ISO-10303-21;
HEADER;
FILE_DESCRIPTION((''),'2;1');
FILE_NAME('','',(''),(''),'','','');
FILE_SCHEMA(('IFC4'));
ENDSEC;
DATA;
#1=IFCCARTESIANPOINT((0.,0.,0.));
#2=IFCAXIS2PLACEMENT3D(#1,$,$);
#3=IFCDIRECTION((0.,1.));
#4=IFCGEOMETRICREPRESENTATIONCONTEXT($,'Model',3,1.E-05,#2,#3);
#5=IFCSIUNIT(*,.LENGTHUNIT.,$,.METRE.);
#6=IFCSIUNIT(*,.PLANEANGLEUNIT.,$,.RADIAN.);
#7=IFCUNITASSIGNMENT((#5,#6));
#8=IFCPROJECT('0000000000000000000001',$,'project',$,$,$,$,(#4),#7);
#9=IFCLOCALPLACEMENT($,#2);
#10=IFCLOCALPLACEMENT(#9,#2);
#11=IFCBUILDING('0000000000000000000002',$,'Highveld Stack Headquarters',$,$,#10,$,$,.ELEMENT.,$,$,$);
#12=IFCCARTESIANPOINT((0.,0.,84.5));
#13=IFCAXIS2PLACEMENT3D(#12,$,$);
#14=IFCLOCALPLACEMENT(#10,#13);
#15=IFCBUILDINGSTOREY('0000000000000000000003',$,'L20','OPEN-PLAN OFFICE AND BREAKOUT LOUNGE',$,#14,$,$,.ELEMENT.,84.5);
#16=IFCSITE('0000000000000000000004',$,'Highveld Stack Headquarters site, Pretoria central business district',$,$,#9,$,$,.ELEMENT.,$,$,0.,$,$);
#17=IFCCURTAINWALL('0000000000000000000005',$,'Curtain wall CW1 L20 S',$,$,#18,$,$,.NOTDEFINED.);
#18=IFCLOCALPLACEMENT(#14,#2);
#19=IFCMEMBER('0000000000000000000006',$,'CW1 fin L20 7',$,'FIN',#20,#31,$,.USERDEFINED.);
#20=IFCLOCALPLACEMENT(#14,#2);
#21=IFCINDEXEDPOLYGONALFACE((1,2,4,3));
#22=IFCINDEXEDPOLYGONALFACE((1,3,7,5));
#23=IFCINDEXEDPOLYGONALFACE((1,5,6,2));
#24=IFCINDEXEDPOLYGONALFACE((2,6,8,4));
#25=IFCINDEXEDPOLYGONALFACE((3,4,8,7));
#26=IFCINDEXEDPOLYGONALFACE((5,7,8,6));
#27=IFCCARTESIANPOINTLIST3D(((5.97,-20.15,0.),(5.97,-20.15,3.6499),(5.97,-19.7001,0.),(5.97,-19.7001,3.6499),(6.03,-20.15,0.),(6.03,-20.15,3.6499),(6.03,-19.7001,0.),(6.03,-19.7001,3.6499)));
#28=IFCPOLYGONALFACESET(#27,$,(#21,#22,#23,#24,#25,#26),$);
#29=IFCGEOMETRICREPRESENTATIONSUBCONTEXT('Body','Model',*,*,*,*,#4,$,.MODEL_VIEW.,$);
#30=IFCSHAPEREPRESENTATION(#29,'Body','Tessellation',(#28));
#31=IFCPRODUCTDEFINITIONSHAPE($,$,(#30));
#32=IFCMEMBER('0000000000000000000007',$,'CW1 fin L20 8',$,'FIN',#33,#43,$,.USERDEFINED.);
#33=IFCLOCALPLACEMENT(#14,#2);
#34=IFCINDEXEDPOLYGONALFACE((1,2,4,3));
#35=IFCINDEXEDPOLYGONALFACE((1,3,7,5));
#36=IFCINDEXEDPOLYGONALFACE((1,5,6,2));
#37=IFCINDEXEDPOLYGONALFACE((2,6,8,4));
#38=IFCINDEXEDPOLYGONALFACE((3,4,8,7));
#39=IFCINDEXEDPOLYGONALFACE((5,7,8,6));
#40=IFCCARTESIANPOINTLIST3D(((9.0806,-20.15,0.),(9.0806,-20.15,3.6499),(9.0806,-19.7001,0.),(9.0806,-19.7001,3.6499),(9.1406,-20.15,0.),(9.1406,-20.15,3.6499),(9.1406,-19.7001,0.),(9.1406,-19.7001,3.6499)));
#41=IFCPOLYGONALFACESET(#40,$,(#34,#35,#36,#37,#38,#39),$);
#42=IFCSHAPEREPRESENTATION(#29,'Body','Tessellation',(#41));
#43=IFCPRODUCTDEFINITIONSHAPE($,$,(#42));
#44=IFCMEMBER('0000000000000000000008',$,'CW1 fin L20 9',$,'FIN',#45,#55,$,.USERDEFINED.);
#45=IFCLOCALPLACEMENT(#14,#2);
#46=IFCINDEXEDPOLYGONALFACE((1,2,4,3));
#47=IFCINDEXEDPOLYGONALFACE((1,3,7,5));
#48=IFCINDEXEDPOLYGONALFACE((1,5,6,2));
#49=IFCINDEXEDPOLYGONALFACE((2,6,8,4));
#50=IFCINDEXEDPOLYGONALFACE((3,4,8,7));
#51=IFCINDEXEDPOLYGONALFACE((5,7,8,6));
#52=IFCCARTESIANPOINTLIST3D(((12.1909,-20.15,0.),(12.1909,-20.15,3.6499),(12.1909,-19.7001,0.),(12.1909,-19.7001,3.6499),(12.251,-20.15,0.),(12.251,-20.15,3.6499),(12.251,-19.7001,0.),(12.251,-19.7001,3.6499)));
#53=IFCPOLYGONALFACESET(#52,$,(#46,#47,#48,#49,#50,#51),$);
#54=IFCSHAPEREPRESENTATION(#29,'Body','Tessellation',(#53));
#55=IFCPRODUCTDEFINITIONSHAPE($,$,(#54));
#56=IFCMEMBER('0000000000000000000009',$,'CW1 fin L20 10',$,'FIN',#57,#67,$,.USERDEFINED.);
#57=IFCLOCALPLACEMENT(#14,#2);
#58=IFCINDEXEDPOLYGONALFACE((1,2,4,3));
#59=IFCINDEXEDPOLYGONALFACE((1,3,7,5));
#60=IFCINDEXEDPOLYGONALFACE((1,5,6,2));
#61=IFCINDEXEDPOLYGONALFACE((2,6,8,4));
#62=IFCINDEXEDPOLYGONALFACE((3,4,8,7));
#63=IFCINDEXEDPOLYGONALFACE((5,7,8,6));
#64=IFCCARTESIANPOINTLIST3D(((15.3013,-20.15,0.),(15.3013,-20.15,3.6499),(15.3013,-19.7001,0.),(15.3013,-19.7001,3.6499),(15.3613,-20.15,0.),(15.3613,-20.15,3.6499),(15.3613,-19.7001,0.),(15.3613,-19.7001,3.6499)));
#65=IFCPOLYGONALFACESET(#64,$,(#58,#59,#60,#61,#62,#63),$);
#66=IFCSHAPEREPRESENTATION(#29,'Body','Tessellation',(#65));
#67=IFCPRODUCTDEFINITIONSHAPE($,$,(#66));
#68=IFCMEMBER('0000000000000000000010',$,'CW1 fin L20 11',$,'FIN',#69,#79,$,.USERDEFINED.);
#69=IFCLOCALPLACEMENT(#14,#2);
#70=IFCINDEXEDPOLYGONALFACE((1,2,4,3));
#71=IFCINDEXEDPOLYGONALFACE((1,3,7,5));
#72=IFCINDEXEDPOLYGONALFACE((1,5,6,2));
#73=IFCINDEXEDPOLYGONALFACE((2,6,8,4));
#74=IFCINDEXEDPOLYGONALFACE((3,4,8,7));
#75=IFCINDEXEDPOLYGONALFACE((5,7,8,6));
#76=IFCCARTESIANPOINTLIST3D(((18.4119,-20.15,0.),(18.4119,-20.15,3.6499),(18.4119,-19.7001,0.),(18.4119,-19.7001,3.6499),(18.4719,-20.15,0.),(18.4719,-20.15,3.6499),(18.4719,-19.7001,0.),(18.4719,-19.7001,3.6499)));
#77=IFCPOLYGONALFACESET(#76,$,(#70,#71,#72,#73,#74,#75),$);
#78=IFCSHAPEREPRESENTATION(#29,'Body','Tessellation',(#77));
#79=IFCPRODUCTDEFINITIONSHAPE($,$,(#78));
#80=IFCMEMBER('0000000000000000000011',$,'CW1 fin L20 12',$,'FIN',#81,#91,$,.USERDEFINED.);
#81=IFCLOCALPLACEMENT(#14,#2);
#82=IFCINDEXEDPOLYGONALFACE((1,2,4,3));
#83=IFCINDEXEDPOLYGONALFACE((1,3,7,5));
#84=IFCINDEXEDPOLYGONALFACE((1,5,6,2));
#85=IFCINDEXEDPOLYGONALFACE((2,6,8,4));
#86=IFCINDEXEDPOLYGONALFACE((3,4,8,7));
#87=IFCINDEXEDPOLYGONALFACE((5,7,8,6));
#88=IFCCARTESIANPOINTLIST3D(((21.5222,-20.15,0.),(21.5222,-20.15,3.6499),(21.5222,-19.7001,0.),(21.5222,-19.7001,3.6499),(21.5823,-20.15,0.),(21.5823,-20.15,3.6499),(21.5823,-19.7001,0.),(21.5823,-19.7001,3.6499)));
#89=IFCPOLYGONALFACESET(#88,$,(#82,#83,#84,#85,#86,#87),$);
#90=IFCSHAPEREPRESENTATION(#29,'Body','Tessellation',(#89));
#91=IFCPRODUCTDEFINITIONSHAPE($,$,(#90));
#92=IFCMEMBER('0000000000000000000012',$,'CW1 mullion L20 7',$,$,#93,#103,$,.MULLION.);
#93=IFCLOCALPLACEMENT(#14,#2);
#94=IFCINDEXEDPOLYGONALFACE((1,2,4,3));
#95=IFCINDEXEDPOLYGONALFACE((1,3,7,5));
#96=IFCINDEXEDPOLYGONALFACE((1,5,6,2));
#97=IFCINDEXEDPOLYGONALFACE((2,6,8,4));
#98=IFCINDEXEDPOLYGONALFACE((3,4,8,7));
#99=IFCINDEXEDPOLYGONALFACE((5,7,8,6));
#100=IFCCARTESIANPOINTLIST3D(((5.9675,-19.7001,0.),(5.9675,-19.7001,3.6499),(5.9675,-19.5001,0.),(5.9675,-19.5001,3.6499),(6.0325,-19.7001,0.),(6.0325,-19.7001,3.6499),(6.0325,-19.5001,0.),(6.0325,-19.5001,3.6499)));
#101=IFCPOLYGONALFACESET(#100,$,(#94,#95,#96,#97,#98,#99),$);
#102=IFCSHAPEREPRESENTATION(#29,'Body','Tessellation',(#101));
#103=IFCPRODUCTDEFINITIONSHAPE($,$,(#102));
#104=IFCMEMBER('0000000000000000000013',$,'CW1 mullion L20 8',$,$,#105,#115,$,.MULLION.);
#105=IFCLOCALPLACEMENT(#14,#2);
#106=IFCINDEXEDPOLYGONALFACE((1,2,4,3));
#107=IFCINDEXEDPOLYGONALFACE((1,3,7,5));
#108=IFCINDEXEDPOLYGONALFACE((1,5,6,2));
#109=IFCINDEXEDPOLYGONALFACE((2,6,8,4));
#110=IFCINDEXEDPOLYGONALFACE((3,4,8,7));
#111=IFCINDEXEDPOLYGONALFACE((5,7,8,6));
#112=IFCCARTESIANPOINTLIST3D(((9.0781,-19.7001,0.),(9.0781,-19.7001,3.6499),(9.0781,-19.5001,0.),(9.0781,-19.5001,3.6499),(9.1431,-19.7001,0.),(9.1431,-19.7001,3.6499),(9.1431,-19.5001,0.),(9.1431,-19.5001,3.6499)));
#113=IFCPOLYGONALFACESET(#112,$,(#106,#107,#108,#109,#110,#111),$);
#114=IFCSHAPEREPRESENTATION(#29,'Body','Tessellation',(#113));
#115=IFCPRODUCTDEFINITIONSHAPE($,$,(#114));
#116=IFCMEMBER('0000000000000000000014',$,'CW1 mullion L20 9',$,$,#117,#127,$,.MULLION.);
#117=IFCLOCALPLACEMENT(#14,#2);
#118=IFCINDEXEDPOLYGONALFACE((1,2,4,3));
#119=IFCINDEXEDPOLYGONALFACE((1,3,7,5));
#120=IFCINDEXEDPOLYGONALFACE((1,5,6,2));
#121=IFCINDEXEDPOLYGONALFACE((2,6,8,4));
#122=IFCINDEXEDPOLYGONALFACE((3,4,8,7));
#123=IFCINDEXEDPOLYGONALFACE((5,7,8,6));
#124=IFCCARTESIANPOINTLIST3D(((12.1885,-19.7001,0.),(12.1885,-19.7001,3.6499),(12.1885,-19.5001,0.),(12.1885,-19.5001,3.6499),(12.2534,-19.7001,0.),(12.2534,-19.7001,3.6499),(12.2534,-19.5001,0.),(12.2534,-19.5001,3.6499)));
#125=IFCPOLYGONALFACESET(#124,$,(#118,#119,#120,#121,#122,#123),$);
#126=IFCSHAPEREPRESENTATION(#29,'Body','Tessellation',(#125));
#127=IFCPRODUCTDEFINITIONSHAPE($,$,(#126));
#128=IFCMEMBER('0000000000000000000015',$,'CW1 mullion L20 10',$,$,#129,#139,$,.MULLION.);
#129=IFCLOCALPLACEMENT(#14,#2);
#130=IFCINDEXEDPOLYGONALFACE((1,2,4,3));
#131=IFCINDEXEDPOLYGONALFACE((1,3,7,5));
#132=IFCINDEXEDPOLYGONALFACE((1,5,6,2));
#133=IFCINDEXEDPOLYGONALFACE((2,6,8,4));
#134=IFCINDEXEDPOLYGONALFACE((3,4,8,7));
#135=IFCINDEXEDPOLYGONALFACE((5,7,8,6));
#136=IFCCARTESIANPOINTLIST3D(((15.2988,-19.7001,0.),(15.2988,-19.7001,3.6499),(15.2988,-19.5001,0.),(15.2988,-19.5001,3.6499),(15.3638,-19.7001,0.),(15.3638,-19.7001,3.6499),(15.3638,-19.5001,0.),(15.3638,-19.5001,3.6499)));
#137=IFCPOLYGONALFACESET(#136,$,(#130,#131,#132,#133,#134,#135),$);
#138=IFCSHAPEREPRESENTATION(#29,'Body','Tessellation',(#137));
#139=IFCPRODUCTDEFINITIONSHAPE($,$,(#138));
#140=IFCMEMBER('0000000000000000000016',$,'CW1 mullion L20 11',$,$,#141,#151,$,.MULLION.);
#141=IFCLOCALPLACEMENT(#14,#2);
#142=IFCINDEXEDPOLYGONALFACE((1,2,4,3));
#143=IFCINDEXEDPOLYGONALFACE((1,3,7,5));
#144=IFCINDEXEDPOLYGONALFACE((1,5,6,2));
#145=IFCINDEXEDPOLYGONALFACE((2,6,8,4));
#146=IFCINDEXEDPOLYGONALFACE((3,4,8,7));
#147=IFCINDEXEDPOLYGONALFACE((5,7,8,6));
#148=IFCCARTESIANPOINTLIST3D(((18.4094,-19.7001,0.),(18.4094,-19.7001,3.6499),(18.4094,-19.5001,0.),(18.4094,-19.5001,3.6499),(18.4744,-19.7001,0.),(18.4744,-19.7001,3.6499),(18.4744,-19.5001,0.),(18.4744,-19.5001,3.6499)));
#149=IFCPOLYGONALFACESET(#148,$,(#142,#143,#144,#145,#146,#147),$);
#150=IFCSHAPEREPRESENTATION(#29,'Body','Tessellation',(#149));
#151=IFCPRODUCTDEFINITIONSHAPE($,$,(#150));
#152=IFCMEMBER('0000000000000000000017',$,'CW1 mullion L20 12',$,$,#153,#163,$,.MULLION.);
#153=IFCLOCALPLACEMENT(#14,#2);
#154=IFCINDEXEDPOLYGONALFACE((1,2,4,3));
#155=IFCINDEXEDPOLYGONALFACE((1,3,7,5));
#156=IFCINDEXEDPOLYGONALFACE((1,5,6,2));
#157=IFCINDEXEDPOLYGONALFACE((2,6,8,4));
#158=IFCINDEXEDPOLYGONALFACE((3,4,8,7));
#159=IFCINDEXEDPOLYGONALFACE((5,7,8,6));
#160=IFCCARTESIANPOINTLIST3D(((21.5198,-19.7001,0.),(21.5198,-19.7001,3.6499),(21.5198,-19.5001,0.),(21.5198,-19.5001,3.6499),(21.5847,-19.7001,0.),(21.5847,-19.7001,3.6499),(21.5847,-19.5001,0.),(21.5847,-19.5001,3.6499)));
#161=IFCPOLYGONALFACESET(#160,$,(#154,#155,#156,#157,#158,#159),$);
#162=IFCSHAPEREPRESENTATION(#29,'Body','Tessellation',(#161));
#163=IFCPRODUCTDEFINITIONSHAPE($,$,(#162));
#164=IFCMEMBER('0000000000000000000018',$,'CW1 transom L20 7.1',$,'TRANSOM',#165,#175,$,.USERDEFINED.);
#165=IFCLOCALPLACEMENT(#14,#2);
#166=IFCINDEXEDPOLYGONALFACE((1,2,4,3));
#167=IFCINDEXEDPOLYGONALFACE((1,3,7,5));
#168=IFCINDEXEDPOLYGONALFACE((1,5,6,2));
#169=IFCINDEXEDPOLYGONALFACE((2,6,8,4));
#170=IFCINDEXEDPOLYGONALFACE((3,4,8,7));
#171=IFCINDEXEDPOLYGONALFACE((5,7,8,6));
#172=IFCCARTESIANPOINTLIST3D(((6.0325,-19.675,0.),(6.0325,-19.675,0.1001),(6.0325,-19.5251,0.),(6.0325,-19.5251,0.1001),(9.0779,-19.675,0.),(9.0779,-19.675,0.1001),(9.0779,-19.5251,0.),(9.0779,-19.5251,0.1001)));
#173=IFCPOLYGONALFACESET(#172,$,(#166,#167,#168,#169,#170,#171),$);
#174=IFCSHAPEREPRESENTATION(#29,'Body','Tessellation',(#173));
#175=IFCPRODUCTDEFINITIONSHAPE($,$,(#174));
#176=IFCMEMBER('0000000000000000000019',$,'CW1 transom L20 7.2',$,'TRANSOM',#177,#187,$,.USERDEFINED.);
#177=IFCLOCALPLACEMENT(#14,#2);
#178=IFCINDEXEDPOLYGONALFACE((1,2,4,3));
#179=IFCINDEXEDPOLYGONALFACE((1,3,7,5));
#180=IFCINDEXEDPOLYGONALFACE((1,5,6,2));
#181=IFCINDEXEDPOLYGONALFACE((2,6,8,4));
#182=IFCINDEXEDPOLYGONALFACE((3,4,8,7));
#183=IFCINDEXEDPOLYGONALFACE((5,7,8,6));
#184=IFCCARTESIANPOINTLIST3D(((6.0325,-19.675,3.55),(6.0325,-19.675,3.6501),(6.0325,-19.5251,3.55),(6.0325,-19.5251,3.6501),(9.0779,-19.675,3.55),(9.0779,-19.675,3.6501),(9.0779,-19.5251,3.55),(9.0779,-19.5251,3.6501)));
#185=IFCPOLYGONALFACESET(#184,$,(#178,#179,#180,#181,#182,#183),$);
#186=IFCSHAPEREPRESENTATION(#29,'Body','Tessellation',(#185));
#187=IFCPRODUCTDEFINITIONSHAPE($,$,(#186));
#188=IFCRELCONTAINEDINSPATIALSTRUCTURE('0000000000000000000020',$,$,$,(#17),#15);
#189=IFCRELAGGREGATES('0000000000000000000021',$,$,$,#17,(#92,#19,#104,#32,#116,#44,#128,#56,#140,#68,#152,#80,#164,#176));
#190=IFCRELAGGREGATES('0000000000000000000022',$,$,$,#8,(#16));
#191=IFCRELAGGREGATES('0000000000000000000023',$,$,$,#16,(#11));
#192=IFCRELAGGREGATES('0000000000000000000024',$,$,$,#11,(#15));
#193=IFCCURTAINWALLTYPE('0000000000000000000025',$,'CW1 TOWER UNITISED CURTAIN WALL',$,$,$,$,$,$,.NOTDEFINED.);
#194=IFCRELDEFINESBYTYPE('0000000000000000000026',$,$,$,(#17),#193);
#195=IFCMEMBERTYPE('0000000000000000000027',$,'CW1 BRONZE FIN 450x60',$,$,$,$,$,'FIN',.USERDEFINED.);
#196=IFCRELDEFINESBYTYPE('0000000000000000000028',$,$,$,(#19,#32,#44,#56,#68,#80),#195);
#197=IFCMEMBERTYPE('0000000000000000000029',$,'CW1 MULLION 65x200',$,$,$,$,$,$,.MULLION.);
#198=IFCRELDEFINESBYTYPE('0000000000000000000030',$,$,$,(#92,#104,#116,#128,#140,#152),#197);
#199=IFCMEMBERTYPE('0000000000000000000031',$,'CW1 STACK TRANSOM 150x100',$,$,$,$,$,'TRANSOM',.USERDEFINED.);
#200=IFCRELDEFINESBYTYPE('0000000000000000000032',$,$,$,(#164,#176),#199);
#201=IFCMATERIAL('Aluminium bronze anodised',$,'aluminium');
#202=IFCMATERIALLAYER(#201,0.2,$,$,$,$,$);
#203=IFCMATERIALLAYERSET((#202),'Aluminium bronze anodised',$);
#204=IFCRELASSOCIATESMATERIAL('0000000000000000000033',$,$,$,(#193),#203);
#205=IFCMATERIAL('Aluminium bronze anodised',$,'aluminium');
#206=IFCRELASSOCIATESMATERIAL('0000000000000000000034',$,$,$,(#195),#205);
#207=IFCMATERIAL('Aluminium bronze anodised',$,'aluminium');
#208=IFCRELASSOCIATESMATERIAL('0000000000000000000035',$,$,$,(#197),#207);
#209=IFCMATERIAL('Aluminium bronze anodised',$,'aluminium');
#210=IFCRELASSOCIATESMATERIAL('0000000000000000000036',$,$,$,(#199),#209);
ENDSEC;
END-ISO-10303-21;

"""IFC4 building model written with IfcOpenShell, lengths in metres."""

from ifc_helpers import new_model, si_unit, direction, frame, origin, origin_2d, place, context, subcontext, project, spatial, rectangle, extrude, material, layer, layer_set, material_profile, profile_set, type_object, element, aggregate, save


model = new_model("IFC4")

# Units and contexts
model_context = context("Model", 3, precision=1e-05, world=origin(), true_north=direction((0.0, 1.0)))
body_context = subcontext(model_context, "Body", "Model", "MODEL_VIEW")
ifc_project = project(units=[si_unit("LENGTHUNIT", "METRE"), si_unit("PLANEANGLEUNIT", "RADIAN")], contexts=[model_context])

# Site, building, storey
site_placement = place(None, origin())
site = spatial("IfcSite", under=ifc_project, at=site_placement, Name="Highveld Stack Headquarters site, Pretoria central business district", CompositionType="ELEMENT", RefElevation=0.0)
building_placement = place(site_placement, origin())
building = spatial("IfcBuilding", under=site, at=building_placement, Name="Highveld Stack Headquarters", CompositionType="ELEMENT")
storey_placement = place(building_placement, frame((0.0, 0.0, 84.5)))
storey = spatial("IfcBuildingStorey", under=building, at=storey_placement, Name="L20", Description="OPEN-PLAN OFFICE AND BREAKOUT LOUNGE", CompositionType="ELEMENT", Elevation=84.5)

# Curtain wall, members
ifc_material_1 = material(Name="Aluminium bronze anodised", Category="aluminium")
ifc_layer_1 = layer(ifc_material_1, 0.2)
ifc_layer_set_1 = layer_set([ifc_layer_1], Name="Aluminium bronze anodised")
curtain_wall_type = type_object("IfcCurtainWallType", Name="CW1 TOWER UNITISED CURTAIN WALL", PredefinedType="NOTDEFINED", material=ifc_layer_set_1)
curtain_wall_placement = place(storey_placement, origin())
curtain_wall = element("IfcCurtainWall", 1, at=curtain_wall_placement, inside=storey, type_object=curtain_wall_type, Name="Curtain wall CW1 L20 S", PredefinedType="NOTDEFINED")
ifc_material_2 = material(Name="Aluminium bronze anodised", Category="aluminium")
ifc_material_profile_1 = material_profile(ifc_material_2, rectangle(XDim=0.45, YDim=0.0601, at=origin_2d()), Name="FIN 450x60")
ifc_profile_set_1 = profile_set([ifc_material_profile_1], Name="Aluminium bronze anodised")
member_type_1 = type_object("IfcMemberType", Name="CW1 BRONZE FIN 450x60", ElementType="FIN", PredefinedType="USERDEFINED", material=ifc_profile_set_1)
member_1_placement = place(storey_placement, frame((6.0, -19.925, 0.0), z_axis=(0.0, 0.0, 1.0), x_axis=(0.0, 1.0, 0.0)))
member_1 = element("IfcMember", 2, at=member_1_placement, type_object=member_type_1, Name="CW1 fin L20 7", ObjectType="FIN", PredefinedType="USERDEFINED", context=body_context, shape_type="SweptSolid", body=[
    extrude(rectangle(XDim=0.45, YDim=0.0601, at=origin_2d()), origin(), (0.0, 0.0, 1.0), 3.6499),
])
member_2_placement = place(storey_placement, frame((9.1106, -19.925, 0.0), z_axis=(0.0, 0.0, 1.0), x_axis=(0.0, 1.0, 0.0)))
member_2 = element("IfcMember", 3, at=member_2_placement, type_object=member_type_1, Name="CW1 fin L20 8", ObjectType="FIN", PredefinedType="USERDEFINED", context=body_context, shape_type="SweptSolid", body=[
    extrude(rectangle(XDim=0.45, YDim=0.0601, at=origin_2d()), origin(), (0.0, 0.0, 1.0), 3.6499),
])
member_3_placement = place(storey_placement, frame((12.2209, -19.925, 0.0), z_axis=(0.0, 0.0, 1.0), x_axis=(0.0, 1.0, 0.0)))
member_3 = element("IfcMember", 4, at=member_3_placement, type_object=member_type_1, Name="CW1 fin L20 9", ObjectType="FIN", PredefinedType="USERDEFINED", context=body_context, shape_type="SweptSolid", body=[
    extrude(rectangle(XDim=0.45, YDim=0.0601, at=origin_2d()), origin(), (0.0, 0.0, 1.0), 3.6499),
])
member_4_placement = place(storey_placement, frame((15.3313, -19.925, 0.0), z_axis=(0.0, 0.0, 1.0), x_axis=(0.0, 1.0, 0.0)))
member_4 = element("IfcMember", 5, at=member_4_placement, type_object=member_type_1, Name="CW1 fin L20 10", ObjectType="FIN", PredefinedType="USERDEFINED", context=body_context, shape_type="SweptSolid", body=[
    extrude(rectangle(XDim=0.45, YDim=0.0601, at=origin_2d()), origin(), (0.0, 0.0, 1.0), 3.6499),
])
member_5_placement = place(storey_placement, frame((18.4419, -19.925, 0.0), z_axis=(0.0, 0.0, 1.0), x_axis=(0.0, 1.0, 0.0)))
member_5 = element("IfcMember", 6, at=member_5_placement, type_object=member_type_1, Name="CW1 fin L20 11", ObjectType="FIN", PredefinedType="USERDEFINED", context=body_context, shape_type="SweptSolid", body=[
    extrude(rectangle(XDim=0.45, YDim=0.0601, at=origin_2d()), origin(), (0.0, 0.0, 1.0), 3.6499),
])
member_6_placement = place(storey_placement, frame((21.5522, -19.925, 0.0), z_axis=(0.0, 0.0, 1.0), x_axis=(0.0, 1.0, 0.0)))
member_6 = element("IfcMember", 7, at=member_6_placement, type_object=member_type_1, Name="CW1 fin L20 12", ObjectType="FIN", PredefinedType="USERDEFINED", context=body_context, shape_type="SweptSolid", body=[
    extrude(rectangle(XDim=0.45, YDim=0.0601, at=origin_2d()), origin(), (0.0, 0.0, 1.0), 3.6499),
])
ifc_material_3 = material(Name="Aluminium bronze anodised", Category="aluminium")
ifc_material_profile_2 = material_profile(ifc_material_3, rectangle(XDim=0.2, YDim=0.0649, at=origin_2d()), Name="CW1 MULLION 65x200")
ifc_profile_set_2 = profile_set([ifc_material_profile_2], Name="Aluminium bronze anodised")
member_type_2 = type_object("IfcMemberType", Name="CW1 MULLION 65x200", PredefinedType="MULLION", material=ifc_profile_set_2)
member_7_placement = place(storey_placement, frame((6.0, -19.6001, 0.0), z_axis=(0.0, 0.0, 1.0), x_axis=(0.0, 1.0, 0.0)))
member_7 = element("IfcMember", 8, at=member_7_placement, type_object=member_type_2, Name="CW1 mullion L20 7", PredefinedType="MULLION", context=body_context, shape_type="SweptSolid", body=[
    extrude(rectangle(XDim=0.2, YDim=0.0649, at=origin_2d()), origin(), (0.0, 0.0, 1.0), 3.6499),
])
member_8_placement = place(storey_placement, frame((9.1106, -19.6001, 0.0), z_axis=(0.0, 0.0, 1.0), x_axis=(0.0, 1.0, 0.0)))
member_8 = element("IfcMember", 9, at=member_8_placement, type_object=member_type_2, Name="CW1 mullion L20 8", PredefinedType="MULLION", context=body_context, shape_type="SweptSolid", body=[
    extrude(rectangle(XDim=0.2, YDim=0.0649, at=origin_2d()), origin(), (0.0, 0.0, 1.0), 3.6499),
])
member_9_placement = place(storey_placement, frame((12.2209, -19.6001, 0.0), z_axis=(0.0, 0.0, 1.0), x_axis=(0.0, 1.0, 0.0)))
member_9 = element("IfcMember", 10, at=member_9_placement, type_object=member_type_2, Name="CW1 mullion L20 9", PredefinedType="MULLION", context=body_context, shape_type="SweptSolid", body=[
    extrude(rectangle(XDim=0.2, YDim=0.0649, at=origin_2d()), origin(), (0.0, 0.0, 1.0), 3.6499),
])
member_10_placement = place(storey_placement, frame((15.3313, -19.6001, 0.0), z_axis=(0.0, 0.0, 1.0), x_axis=(0.0, 1.0, 0.0)))
member_10 = element("IfcMember", 11, at=member_10_placement, type_object=member_type_2, Name="CW1 mullion L20 10", PredefinedType="MULLION", context=body_context, shape_type="SweptSolid", body=[
    extrude(rectangle(XDim=0.2, YDim=0.0649, at=origin_2d()), origin(), (0.0, 0.0, 1.0), 3.6499),
])
member_11_placement = place(storey_placement, frame((18.4419, -19.6001, 0.0), z_axis=(0.0, 0.0, 1.0), x_axis=(0.0, 1.0, 0.0)))
member_11 = element("IfcMember", 12, at=member_11_placement, type_object=member_type_2, Name="CW1 mullion L20 11", PredefinedType="MULLION", context=body_context, shape_type="SweptSolid", body=[
    extrude(rectangle(XDim=0.2, YDim=0.0649, at=origin_2d()), origin(), (0.0, 0.0, 1.0), 3.6499),
])
member_12_placement = place(storey_placement, frame((21.5522, -19.6001, 0.0), z_axis=(0.0, 0.0, 1.0), x_axis=(0.0, 1.0, 0.0)))
member_12 = element("IfcMember", 13, at=member_12_placement, type_object=member_type_2, Name="CW1 mullion L20 12", PredefinedType="MULLION", context=body_context, shape_type="SweptSolid", body=[
    extrude(rectangle(XDim=0.2, YDim=0.0649, at=origin_2d()), origin(), (0.0, 0.0, 1.0), 3.6499),
])
ifc_material_4 = material(Name="Aluminium bronze anodised", Category="aluminium")
ifc_material_profile_3 = material_profile(ifc_material_4, rectangle(XDim=0.1499, YDim=0.1001, at=origin_2d()), Name="CW1 TRANSOM 150x100")
ifc_profile_set_3 = profile_set([ifc_material_profile_3], Name="Aluminium bronze anodised")
member_type_3 = type_object("IfcMemberType", Name="CW1 STACK TRANSOM 150x100", ElementType="TRANSOM", PredefinedType="USERDEFINED", material=ifc_profile_set_3)
member_13_placement = place(storey_placement, frame((6.0325, -19.6001, 0.05), z_axis=(1.0, 0.0, 0.0), x_axis=(0.0, 1.0, 0.0)))
member_13 = element("IfcMember", 14, at=member_13_placement, type_object=member_type_3, Name="CW1 transom L20 7.1", ObjectType="TRANSOM", PredefinedType="USERDEFINED", context=body_context, shape_type="SweptSolid", body=[
    extrude(rectangle(XDim=0.1499, YDim=0.1001, at=origin_2d()), origin(), (0.0, 0.0, 1.0), 3.0454),
])
member_14_placement = place(storey_placement, frame((6.0325, -19.6001, 3.6001), z_axis=(1.0, 0.0, 0.0), x_axis=(0.0, 1.0, 0.0)))
member_14 = element("IfcMember", 15, at=member_14_placement, type_object=member_type_3, Name="CW1 transom L20 7.2", ObjectType="TRANSOM", PredefinedType="USERDEFINED", context=body_context, shape_type="SweptSolid", body=[
    extrude(rectangle(XDim=0.1499, YDim=0.1001, at=origin_2d()), origin(), (0.0, 0.0, 1.0), 3.0454),
])
aggregate(curtain_wall, [member_7, member_1, member_8, member_2, member_9, member_3, member_10, member_4, member_11, member_5, member_12, member_6, member_13, member_14])

save(model, "model.ifc")
